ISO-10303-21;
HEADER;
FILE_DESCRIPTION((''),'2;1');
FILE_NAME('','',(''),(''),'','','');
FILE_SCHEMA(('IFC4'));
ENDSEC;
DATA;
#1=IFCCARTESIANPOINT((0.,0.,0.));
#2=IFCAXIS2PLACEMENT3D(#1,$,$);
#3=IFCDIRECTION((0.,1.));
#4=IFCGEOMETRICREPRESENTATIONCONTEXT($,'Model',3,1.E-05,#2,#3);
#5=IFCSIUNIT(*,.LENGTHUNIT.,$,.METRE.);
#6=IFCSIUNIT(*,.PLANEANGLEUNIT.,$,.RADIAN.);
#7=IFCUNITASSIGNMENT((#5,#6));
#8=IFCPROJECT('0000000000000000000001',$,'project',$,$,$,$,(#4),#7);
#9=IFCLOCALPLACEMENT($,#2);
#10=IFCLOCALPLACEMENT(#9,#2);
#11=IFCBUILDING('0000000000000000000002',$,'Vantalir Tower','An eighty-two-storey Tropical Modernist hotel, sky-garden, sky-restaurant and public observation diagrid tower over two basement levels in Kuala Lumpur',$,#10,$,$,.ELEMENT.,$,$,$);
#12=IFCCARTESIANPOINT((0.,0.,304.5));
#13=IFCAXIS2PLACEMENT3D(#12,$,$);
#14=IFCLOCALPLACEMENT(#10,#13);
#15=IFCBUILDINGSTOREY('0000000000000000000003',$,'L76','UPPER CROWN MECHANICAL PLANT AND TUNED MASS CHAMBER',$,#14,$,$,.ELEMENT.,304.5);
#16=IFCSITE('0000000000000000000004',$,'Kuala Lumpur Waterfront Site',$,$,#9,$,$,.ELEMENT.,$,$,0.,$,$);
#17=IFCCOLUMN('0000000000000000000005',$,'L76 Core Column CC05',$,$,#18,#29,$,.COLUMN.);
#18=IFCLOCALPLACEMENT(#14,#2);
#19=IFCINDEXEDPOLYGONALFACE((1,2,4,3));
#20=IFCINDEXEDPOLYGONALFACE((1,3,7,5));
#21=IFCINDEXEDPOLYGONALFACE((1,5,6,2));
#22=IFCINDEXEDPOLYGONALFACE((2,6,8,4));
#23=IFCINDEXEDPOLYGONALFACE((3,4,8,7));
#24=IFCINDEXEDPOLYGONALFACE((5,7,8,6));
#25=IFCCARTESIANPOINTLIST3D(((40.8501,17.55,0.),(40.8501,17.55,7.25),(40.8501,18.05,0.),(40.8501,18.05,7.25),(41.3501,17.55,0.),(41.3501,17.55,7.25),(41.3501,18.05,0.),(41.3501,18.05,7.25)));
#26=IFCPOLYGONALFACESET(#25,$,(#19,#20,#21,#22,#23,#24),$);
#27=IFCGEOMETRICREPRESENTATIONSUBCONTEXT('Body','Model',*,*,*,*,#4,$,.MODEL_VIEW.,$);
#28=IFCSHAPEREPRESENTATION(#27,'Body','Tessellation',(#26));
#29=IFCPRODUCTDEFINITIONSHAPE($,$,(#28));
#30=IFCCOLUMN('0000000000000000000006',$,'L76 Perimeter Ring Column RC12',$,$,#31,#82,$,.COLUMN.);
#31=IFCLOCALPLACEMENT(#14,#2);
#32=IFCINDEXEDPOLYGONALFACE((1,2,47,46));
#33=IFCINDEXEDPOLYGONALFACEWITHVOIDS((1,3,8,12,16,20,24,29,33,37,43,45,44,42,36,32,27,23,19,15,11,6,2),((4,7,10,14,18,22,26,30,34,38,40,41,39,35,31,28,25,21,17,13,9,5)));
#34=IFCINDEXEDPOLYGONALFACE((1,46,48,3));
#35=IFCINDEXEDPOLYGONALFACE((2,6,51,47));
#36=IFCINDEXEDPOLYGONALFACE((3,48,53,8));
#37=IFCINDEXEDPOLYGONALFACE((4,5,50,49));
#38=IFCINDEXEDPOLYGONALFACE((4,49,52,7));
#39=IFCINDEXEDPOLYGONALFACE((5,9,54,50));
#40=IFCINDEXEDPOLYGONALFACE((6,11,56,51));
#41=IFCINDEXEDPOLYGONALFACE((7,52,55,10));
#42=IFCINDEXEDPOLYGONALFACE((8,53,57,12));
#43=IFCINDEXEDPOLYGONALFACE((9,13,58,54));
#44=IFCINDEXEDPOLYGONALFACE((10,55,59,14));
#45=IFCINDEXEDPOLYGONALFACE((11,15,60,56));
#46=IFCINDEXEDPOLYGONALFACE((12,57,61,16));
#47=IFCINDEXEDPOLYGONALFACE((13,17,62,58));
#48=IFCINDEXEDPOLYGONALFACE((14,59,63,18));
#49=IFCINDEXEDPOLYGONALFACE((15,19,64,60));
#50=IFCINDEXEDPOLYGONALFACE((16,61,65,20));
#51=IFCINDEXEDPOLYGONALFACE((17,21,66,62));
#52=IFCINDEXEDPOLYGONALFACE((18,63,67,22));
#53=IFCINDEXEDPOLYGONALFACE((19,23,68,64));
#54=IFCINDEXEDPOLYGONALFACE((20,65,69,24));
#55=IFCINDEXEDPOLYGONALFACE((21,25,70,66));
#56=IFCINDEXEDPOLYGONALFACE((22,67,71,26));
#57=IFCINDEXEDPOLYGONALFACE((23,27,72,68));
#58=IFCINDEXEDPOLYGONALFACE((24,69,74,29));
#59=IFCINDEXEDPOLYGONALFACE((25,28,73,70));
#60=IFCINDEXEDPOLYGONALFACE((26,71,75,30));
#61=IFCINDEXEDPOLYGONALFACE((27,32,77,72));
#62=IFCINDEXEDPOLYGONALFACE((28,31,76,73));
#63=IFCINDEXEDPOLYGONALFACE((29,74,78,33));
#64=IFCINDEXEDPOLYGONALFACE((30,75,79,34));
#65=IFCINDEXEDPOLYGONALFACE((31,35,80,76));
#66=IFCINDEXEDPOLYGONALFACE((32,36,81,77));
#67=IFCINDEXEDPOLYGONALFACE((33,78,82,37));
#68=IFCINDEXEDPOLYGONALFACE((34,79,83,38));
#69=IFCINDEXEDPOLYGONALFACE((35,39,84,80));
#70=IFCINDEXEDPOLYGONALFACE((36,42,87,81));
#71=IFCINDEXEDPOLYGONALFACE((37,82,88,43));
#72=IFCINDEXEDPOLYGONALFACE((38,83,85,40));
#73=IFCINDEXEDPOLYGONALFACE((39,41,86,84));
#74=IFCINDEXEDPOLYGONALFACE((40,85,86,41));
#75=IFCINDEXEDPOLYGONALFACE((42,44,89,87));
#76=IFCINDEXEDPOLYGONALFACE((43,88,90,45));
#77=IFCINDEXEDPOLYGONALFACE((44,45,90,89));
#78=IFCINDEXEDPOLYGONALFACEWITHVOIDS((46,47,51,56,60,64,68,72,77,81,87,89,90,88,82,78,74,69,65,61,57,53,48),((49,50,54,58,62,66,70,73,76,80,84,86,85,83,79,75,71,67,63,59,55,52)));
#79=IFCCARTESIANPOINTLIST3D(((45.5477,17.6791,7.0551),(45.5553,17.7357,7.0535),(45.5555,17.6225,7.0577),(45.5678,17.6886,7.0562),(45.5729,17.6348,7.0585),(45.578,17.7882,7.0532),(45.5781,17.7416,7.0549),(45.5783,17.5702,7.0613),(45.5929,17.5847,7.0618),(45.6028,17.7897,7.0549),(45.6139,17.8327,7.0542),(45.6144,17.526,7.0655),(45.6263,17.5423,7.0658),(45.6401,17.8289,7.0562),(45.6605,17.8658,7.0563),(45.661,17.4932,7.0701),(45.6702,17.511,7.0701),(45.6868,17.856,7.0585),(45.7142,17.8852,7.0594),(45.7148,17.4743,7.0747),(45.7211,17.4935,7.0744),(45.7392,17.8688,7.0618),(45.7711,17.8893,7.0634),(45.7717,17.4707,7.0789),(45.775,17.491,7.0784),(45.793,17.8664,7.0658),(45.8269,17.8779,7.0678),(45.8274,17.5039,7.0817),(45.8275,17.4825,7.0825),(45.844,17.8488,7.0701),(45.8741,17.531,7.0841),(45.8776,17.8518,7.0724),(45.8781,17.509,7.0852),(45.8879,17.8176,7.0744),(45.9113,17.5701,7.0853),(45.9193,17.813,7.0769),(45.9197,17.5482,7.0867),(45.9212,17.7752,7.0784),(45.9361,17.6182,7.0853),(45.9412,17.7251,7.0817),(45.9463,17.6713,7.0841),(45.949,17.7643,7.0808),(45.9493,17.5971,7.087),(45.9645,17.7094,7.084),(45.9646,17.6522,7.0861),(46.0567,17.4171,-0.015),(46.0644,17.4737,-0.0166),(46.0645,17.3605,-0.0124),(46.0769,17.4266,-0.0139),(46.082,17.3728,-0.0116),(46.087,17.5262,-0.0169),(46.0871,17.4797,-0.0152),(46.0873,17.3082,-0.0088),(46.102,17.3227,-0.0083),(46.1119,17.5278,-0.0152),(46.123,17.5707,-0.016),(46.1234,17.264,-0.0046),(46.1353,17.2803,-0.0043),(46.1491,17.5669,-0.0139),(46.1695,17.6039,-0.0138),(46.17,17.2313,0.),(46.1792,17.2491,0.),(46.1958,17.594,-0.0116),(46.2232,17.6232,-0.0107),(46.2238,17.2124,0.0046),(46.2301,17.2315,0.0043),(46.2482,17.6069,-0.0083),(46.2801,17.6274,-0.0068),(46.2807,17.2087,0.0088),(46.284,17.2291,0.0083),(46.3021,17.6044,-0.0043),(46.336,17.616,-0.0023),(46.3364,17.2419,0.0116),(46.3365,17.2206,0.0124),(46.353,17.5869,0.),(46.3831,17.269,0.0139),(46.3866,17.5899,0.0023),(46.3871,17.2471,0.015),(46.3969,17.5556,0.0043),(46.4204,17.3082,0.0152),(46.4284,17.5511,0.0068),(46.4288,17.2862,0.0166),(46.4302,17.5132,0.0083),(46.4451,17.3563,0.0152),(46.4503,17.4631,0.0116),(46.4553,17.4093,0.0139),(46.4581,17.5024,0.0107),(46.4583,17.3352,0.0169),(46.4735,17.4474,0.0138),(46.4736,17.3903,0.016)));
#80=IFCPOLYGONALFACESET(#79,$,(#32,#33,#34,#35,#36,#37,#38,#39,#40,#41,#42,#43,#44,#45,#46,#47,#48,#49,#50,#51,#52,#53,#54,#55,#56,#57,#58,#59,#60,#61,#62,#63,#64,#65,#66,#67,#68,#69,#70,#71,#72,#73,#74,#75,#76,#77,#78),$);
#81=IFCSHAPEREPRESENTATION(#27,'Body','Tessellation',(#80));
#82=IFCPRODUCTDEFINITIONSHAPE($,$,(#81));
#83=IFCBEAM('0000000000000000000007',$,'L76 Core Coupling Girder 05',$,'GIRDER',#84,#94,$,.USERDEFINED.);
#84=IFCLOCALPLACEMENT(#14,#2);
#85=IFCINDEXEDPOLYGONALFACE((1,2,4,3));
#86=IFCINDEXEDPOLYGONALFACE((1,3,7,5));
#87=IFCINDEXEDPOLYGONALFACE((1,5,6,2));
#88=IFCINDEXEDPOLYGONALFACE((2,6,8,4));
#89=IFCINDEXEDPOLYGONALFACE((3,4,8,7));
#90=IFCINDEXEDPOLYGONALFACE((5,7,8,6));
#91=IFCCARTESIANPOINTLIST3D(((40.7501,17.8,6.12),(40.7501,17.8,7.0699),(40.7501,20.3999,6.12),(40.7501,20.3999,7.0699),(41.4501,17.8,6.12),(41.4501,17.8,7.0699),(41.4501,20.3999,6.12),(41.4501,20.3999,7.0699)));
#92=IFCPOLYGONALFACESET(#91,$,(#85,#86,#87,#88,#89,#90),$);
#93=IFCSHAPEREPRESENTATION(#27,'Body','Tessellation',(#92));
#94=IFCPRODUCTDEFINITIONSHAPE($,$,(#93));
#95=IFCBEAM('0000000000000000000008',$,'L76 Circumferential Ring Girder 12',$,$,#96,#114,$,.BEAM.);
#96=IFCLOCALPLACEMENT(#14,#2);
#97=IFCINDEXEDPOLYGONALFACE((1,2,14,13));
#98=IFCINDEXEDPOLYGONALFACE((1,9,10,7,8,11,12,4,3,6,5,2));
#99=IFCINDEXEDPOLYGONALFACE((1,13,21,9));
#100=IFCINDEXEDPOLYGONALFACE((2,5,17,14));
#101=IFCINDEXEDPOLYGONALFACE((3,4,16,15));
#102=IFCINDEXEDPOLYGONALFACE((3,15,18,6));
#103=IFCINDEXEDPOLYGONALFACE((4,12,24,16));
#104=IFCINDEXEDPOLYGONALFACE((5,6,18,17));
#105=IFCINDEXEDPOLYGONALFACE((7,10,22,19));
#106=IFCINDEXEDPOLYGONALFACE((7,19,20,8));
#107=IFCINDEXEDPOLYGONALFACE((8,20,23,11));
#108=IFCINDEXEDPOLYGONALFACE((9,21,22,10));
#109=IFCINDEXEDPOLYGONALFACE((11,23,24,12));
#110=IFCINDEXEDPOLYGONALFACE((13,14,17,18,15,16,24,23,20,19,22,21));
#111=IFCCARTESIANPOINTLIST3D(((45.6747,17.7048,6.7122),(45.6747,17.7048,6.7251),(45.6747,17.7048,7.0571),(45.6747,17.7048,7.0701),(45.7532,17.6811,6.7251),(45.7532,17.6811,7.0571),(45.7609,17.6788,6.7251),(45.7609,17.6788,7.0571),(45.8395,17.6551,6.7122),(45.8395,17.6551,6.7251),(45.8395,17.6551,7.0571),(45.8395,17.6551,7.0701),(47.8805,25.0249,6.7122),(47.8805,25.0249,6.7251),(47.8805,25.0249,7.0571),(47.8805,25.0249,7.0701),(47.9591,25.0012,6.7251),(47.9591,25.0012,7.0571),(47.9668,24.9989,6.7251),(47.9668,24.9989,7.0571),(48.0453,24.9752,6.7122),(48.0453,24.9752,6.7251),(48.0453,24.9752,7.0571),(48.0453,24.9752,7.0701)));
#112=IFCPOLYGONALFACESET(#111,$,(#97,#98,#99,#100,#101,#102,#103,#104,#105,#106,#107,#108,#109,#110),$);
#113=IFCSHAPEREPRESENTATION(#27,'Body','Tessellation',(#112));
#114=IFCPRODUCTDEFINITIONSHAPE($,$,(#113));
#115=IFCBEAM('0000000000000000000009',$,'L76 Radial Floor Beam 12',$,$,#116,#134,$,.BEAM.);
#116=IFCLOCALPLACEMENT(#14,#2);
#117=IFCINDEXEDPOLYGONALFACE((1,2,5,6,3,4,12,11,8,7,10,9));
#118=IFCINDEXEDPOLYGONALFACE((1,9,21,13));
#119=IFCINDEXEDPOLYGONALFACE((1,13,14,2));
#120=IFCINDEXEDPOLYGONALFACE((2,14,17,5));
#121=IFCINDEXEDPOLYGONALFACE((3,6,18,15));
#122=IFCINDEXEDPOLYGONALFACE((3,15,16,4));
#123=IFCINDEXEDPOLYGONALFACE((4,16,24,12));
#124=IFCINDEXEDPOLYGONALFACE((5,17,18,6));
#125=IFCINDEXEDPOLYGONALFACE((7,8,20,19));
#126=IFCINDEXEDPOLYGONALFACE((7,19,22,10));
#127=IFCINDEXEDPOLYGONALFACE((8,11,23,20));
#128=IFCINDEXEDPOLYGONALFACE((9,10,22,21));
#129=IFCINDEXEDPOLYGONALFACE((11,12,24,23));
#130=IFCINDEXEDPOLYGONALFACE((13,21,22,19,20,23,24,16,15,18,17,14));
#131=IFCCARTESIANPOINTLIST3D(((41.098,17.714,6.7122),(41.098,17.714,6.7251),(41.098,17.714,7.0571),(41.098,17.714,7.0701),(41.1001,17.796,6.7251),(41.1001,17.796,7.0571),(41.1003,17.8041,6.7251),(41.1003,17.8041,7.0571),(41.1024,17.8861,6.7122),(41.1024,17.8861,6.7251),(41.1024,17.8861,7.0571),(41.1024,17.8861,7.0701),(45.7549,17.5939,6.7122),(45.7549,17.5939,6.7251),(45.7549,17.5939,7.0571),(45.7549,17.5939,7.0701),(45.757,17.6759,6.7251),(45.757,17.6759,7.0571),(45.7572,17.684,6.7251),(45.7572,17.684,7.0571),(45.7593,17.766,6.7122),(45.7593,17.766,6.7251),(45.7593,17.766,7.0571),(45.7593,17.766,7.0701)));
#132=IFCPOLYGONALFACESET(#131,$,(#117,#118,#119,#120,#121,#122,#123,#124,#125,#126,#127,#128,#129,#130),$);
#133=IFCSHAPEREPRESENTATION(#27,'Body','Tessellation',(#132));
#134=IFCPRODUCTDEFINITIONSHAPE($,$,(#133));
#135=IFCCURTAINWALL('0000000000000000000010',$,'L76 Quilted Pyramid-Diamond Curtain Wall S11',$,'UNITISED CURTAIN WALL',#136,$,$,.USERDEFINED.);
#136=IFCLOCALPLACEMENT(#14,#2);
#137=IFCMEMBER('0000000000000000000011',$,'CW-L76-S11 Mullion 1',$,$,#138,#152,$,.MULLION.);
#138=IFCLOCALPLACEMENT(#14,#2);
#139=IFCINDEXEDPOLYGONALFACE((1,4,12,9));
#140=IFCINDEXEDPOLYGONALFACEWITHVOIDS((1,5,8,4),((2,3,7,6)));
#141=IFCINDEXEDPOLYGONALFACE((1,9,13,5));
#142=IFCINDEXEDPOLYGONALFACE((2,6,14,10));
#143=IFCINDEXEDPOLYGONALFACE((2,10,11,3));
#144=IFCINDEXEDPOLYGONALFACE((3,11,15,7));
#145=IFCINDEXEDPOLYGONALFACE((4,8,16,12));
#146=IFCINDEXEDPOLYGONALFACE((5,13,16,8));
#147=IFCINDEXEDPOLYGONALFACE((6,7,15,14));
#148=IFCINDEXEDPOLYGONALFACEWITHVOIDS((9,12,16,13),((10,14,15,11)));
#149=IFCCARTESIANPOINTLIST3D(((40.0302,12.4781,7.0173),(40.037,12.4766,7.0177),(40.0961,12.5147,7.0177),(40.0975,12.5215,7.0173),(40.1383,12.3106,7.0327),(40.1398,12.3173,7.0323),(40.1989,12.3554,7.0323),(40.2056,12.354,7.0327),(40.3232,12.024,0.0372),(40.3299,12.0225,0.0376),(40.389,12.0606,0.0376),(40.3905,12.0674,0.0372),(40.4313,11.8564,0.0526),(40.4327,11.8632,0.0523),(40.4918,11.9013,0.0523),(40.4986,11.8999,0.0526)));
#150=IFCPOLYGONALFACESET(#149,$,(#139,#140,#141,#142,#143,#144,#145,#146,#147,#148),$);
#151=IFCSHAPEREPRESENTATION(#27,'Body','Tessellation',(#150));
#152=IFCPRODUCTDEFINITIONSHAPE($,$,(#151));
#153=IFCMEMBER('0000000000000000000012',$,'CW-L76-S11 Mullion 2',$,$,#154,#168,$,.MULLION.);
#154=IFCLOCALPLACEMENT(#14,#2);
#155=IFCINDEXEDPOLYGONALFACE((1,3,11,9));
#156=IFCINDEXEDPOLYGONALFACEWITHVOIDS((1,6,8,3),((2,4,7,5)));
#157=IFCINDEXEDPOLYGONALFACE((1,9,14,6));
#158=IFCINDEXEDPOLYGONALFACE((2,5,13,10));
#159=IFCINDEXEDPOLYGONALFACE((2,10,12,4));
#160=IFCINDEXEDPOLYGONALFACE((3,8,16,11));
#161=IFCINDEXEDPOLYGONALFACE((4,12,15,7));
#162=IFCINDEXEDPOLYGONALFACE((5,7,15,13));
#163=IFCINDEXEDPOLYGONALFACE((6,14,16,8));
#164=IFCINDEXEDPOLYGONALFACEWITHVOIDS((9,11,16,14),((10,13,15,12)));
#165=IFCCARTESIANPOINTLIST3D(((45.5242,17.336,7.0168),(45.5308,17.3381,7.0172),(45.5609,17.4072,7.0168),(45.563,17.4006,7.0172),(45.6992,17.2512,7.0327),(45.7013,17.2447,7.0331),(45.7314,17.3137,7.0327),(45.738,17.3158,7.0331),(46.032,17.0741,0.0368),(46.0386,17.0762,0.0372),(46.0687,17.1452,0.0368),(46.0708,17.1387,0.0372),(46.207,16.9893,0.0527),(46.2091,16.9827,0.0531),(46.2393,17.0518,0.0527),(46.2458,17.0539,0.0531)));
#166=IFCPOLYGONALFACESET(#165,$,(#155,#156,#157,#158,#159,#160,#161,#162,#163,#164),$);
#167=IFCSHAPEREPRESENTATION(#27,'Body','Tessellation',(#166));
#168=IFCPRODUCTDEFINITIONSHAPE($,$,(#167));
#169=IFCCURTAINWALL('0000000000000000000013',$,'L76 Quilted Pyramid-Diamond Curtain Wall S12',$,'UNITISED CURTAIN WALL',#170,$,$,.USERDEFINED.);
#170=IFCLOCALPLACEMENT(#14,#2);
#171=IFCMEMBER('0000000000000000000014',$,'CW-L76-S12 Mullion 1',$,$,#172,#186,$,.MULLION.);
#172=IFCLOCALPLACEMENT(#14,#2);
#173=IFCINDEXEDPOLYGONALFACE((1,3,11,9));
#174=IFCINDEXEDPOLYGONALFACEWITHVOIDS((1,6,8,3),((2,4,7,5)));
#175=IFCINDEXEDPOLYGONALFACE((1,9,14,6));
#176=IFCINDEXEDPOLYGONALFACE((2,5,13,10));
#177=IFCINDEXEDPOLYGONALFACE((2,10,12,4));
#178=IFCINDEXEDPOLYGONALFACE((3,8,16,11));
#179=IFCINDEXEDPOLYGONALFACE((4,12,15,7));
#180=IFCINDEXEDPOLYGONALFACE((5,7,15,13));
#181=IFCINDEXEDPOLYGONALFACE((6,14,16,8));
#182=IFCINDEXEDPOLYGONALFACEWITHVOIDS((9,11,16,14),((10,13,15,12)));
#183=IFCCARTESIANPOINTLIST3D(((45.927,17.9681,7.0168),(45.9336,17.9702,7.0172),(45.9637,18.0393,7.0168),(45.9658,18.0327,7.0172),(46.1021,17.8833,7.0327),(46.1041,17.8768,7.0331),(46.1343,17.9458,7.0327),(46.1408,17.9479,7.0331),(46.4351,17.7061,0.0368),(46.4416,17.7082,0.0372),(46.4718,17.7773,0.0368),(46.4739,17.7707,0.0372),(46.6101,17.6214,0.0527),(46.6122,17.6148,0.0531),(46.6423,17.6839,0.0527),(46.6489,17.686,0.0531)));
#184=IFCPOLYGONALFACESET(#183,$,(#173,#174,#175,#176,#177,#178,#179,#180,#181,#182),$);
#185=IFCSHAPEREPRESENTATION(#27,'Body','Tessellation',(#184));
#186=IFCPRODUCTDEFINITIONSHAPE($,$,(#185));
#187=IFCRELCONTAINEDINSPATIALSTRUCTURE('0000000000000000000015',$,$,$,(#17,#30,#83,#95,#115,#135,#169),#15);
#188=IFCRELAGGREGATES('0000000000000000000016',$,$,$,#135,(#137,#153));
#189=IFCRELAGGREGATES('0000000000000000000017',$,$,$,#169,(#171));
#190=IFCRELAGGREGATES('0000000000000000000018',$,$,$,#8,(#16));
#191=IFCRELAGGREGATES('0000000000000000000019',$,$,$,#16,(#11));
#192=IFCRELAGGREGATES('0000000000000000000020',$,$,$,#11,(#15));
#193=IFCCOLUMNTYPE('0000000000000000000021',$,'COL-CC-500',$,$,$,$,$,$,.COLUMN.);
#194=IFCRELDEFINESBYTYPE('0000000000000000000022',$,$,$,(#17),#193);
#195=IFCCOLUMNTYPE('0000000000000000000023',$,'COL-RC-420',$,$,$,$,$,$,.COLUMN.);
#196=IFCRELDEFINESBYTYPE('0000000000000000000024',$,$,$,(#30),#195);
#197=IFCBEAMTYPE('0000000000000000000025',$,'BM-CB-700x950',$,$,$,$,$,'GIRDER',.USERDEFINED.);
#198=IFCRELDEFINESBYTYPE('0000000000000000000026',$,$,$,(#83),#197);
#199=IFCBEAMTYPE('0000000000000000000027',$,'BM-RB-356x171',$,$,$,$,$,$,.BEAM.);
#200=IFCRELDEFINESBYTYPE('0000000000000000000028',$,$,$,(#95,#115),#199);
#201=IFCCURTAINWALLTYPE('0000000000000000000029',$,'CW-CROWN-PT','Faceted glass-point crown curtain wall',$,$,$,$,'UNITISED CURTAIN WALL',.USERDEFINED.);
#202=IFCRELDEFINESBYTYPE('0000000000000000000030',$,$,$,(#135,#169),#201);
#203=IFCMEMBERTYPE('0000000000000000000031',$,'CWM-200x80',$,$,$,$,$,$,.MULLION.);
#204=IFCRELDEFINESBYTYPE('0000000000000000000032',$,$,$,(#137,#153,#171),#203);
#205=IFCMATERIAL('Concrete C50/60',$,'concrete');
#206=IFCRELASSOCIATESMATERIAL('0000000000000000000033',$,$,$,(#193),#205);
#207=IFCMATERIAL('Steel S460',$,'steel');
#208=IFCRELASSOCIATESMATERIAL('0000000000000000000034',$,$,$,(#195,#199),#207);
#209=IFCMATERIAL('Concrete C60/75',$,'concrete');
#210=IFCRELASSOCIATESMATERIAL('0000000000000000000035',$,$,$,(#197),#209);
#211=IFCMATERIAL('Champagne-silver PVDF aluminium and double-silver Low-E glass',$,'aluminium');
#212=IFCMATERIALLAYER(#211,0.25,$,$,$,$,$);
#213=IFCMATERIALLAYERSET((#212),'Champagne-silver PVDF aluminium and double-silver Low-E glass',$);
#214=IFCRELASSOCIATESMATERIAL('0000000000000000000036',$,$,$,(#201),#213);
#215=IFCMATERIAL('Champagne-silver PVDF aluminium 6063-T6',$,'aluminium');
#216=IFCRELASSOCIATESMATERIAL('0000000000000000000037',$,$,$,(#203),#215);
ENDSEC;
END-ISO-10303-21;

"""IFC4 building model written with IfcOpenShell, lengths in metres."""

from ifc_helpers import new_model, si_unit, direction, frame, origin, origin_2d, place, context, subcontext, project, spatial, rectangle, hollow_rectangle, hollow_circle, i_section, extrude, material, layer, layer_set, material_profile, profile_set, type_object, element, aggregate, save


model = new_model("IFC4")

# Units and contexts
model_context = context("Model", 3, precision=1e-05, world=origin(), true_north=direction((0.0, 1.0)))
body_context = subcontext(model_context, "Body", "Model", "MODEL_VIEW")
ifc_project = project(units=[si_unit("LENGTHUNIT", "METRE"), si_unit("PLANEANGLEUNIT", "RADIAN")], contexts=[model_context])

# Site, building, storey
site_placement = place(None, origin())
site = spatial("IfcSite", under=ifc_project, at=site_placement, Name="Kuala Lumpur Waterfront Site", CompositionType="ELEMENT", RefElevation=0.0)
building_placement = place(site_placement, origin())
building = spatial("IfcBuilding", under=site, at=building_placement, Name="Vantalir Tower", Description="An eighty-two-storey Tropical Modernist hotel, sky-garden, sky-restaurant and public observation diagrid tower over two basement levels in Kuala Lumpur", CompositionType="ELEMENT")
storey_placement = place(building_placement, frame((0.0, 0.0, 304.5)))
storey = spatial("IfcBuildingStorey", under=building, at=storey_placement, Name="L76", Description="UPPER CROWN MECHANICAL PLANT AND TUNED MASS CHAMBER", CompositionType="ELEMENT", Elevation=304.5)

# Columns
ifc_material_1 = material(Name="Concrete C50/60", Category="concrete")
ifc_material_profile_1 = material_profile(ifc_material_1, rectangle(XDim=0.5, YDim=0.5, at=origin_2d()), Name="Concrete C50/60")
ifc_profile_set_1 = profile_set([ifc_material_profile_1], Name="Concrete C50/60")
column_type_1 = type_object("IfcColumnType", Name="COL-CC-500", PredefinedType="COLUMN", material=ifc_profile_set_1)
column_1_placement = place(storey_placement, frame((41.1001, 17.8, 0.0), z_axis=(0.0, 0.0, 1.0), x_axis=(1.0, 0.0, 0.0)))
element("IfcColumn", 1, at=column_1_placement, inside=storey, type_object=column_type_1, Name="L76 Core Column CC05", PredefinedType="COLUMN", context=body_context, shape_type="SweptSolid", body=[
    extrude(rectangle(XDim=0.5, YDim=0.5, at=origin_2d()), origin(), (0.0, 0.0, 1.0), 7.25),
])
ifc_material_2 = material(Name="Steel S460", Category="steel")
ifc_material_profile_2 = material_profile(ifc_material_2, hollow_circle(Radius=0.21, WallThickness=0.02, at=origin_2d()), Name="Steel S460")
ifc_profile_set_2 = profile_set([ifc_material_profile_2], Name="Steel S460")
column_type_2 = type_object("IfcColumnType", Name="COL-RC-420", PredefinedType="COLUMN", material=ifc_profile_set_2)
column_2_placement = place(storey_placement, frame((46.2661, 17.418, 0.0), z_axis=(-0.071763, 0.036932, 0.996738), x_axis=(-0.457589, -0.889164, 0.0)))
element("IfcColumn", 2, at=column_2_placement, inside=storey, type_object=column_type_2, Name="L76 Perimeter Ring Column RC12", PredefinedType="COLUMN", context=body_context, shape_type="SweptSolid", body=[
    extrude(hollow_circle(Radius=0.21, WallThickness=0.02, at=origin_2d()), origin(), (0.0, 0.0, 1.0), 7.0933),
])

# Beams
ifc_material_3 = material(Name="Concrete C60/75", Category="concrete")
ifc_material_profile_3 = material_profile(ifc_material_3, rectangle(XDim=0.7, YDim=0.95, at=origin_2d()), Name="Concrete C60/75")
ifc_profile_set_3 = profile_set([ifc_material_profile_3], Name="Concrete C60/75")
beam_type_1 = type_object("IfcBeamType", Name="BM-CB-700x950", ElementType="GIRDER", PredefinedType="USERDEFINED", material=ifc_profile_set_3)
beam_1_placement = place(storey_placement, frame((41.1001, 17.8, 6.595), z_axis=(0.0, 1.0, 0.0), x_axis=(-1.0, 0.0, 0.0)))
element("IfcBeam", 3, at=beam_1_placement, inside=storey, type_object=beam_type_1, Name="L76 Core Coupling Girder 05", ObjectType="GIRDER", PredefinedType="USERDEFINED", context=body_context, shape_type="SweptSolid", body=[
    extrude(rectangle(XDim=0.7, YDim=0.95, at=origin_2d()), origin(), (0.0, 0.0, 1.0), 2.5999),
])
ifc_material_profile_4 = material_profile(ifc_material_2, i_section(OverallWidth=0.1721, OverallDepth=0.3579, WebThickness=0.0081, FlangeThickness=0.0129, at=origin_2d()), Name="Steel S460")
ifc_profile_set_4 = profile_set([ifc_material_profile_4], Name="Steel S460")
beam_type_2 = type_object("IfcBeamType", Name="BM-RB-356x171", PredefinedType="BEAM", material=ifc_profile_set_4)
beam_2_placement = place(storey_placement, frame((45.7571, 17.6799, 6.8911), z_axis=(0.288522, 0.957473, 0.0), x_axis=(-0.957473, 0.288522, 0.0)))
element("IfcBeam", 4, at=beam_2_placement, inside=storey, type_object=beam_type_2, Name="L76 Circumferential Ring Girder 12", PredefinedType="BEAM", context=body_context, shape_type="SweptSolid", body=[
    extrude(i_section(OverallWidth=0.1721, OverallDepth=0.3579, WebThickness=0.0081, FlangeThickness=0.0129, at=origin_2d()), origin(), (0.0, 0.0, 1.0), 7.6453),
])
beam_3_placement = place(storey_placement, frame((45.7571, 17.6799, 6.8911), z_axis=(-0.999668, 0.025784, 0.0), x_axis=(-0.025784, -0.999668, 0.0)))
element("IfcBeam", 5, at=beam_3_placement, inside=storey, type_object=beam_type_2, Name="L76 Radial Floor Beam 12", PredefinedType="BEAM", context=body_context, shape_type="SweptSolid", body=[
    extrude(i_section(OverallWidth=0.1721, OverallDepth=0.3579, WebThickness=0.0081, FlangeThickness=0.0129, at=origin_2d()), origin(), (0.0, 0.0, 1.0), 4.6584),
])

# Curtain wall, members
ifc_material_4 = material(Name="Champagne-silver PVDF aluminium and double-silver Low-E glass", Category="aluminium")
ifc_layer_1 = layer(ifc_material_4, 0.25)
ifc_layer_set_1 = layer_set([ifc_layer_1], Name="Champagne-silver PVDF aluminium and double-silver Low-E glass")
curtain_wall_type = type_object("IfcCurtainWallType", Name="CW-CROWN-PT", Description="Faceted glass-point crown curtain wall", ElementType="UNITISED CURTAIN WALL", PredefinedType="USERDEFINED", material=ifc_layer_set_1)
curtain_wall_1_placement = place(storey_placement, origin())
curtain_wall_1 = element("IfcCurtainWall", 6, at=curtain_wall_1_placement, inside=storey, type_object=curtain_wall_type, Name="L76 Quilted Pyramid-Diamond Curtain Wall S11", ObjectType="UNITISED CURTAIN WALL", PredefinedType="USERDEFINED")
ifc_material_5 = material(Name="Champagne-silver PVDF aluminium 6063-T6", Category="aluminium")
ifc_material_profile_5 = material_profile(ifc_material_5, hollow_rectangle(XDim=0.0801, YDim=0.2, WallThickness=0.0049, at=origin_2d()), Name="Champagne-silver PVDF aluminium 6063-T6")
ifc_profile_set_5 = profile_set([ifc_material_profile_5], Name="Champagne-silver PVDF aluminium 6063-T6")
member_type_1 = type_object("IfcMemberType", Name="CWM-200x80", PredefinedType="MULLION", material=ifc_profile_set_5)
member_1_placement = place(storey_placement, frame((40.4109, 11.9619, 0.0449), z_axis=(-0.041847, 0.064864, 0.997016), x_axis=(-0.840297, -0.542127, 0.0)))
member_1 = element("IfcMember", 7, at=member_1_placement, type_object=member_type_1, Name="CW-L76-S11 Mullion 1", PredefinedType="MULLION", context=body_context, shape_type="SweptSolid", body=[
    extrude(hollow_rectangle(XDim=0.0801, YDim=0.2, WallThickness=0.0049, at=origin_2d()), origin(), (0.0, 0.0, 1.0), 7.001),
])
member_2_placement = place(storey_placement, frame((46.1389, 17.064, 0.0449), z_axis=(-0.07251, 0.037405, 0.996666), x_axis=(-0.458458, -0.888716, 0.0)))
member_2 = element("IfcMember", 8, at=member_2_placement, type_object=member_type_1, Name="CW-L76-S11 Mullion 2", PredefinedType="MULLION", context=body_context, shape_type="SweptSolid", body=[
    extrude(hollow_rectangle(XDim=0.0801, YDim=0.2, WallThickness=0.0049, at=origin_2d()), origin(), (0.0, 0.0, 1.0), 7.0034),
])

# Curtain wall, member
curtain_wall_2_placement = place(storey_placement, origin())
curtain_wall_2 = element("IfcCurtainWall", 9, at=curtain_wall_2_placement, inside=storey, type_object=curtain_wall_type, Name="L76 Quilted Pyramid-Diamond Curtain Wall S12", ObjectType="UNITISED CURTAIN WALL", PredefinedType="USERDEFINED")
member_3_placement = place(storey_placement, frame((46.542, 17.696, 0.0449), z_axis=(-0.072545, 0.037405, 0.996663), x_axis=(-0.458284, -0.888806, 0.0)))
member_3 = element("IfcMember", 10, at=member_3_placement, type_object=member_type_1, Name="CW-L76-S12 Mullion 1", PredefinedType="MULLION", context=body_context, shape_type="SweptSolid", body=[
    extrude(hollow_rectangle(XDim=0.0801, YDim=0.2, WallThickness=0.0049, at=origin_2d()), origin(), (0.0, 0.0, 1.0), 7.0034),
])

aggregate(curtain_wall_1, [member_1, member_2])
aggregate(curtain_wall_2, [member_3])

save(model, "model.ifc")
